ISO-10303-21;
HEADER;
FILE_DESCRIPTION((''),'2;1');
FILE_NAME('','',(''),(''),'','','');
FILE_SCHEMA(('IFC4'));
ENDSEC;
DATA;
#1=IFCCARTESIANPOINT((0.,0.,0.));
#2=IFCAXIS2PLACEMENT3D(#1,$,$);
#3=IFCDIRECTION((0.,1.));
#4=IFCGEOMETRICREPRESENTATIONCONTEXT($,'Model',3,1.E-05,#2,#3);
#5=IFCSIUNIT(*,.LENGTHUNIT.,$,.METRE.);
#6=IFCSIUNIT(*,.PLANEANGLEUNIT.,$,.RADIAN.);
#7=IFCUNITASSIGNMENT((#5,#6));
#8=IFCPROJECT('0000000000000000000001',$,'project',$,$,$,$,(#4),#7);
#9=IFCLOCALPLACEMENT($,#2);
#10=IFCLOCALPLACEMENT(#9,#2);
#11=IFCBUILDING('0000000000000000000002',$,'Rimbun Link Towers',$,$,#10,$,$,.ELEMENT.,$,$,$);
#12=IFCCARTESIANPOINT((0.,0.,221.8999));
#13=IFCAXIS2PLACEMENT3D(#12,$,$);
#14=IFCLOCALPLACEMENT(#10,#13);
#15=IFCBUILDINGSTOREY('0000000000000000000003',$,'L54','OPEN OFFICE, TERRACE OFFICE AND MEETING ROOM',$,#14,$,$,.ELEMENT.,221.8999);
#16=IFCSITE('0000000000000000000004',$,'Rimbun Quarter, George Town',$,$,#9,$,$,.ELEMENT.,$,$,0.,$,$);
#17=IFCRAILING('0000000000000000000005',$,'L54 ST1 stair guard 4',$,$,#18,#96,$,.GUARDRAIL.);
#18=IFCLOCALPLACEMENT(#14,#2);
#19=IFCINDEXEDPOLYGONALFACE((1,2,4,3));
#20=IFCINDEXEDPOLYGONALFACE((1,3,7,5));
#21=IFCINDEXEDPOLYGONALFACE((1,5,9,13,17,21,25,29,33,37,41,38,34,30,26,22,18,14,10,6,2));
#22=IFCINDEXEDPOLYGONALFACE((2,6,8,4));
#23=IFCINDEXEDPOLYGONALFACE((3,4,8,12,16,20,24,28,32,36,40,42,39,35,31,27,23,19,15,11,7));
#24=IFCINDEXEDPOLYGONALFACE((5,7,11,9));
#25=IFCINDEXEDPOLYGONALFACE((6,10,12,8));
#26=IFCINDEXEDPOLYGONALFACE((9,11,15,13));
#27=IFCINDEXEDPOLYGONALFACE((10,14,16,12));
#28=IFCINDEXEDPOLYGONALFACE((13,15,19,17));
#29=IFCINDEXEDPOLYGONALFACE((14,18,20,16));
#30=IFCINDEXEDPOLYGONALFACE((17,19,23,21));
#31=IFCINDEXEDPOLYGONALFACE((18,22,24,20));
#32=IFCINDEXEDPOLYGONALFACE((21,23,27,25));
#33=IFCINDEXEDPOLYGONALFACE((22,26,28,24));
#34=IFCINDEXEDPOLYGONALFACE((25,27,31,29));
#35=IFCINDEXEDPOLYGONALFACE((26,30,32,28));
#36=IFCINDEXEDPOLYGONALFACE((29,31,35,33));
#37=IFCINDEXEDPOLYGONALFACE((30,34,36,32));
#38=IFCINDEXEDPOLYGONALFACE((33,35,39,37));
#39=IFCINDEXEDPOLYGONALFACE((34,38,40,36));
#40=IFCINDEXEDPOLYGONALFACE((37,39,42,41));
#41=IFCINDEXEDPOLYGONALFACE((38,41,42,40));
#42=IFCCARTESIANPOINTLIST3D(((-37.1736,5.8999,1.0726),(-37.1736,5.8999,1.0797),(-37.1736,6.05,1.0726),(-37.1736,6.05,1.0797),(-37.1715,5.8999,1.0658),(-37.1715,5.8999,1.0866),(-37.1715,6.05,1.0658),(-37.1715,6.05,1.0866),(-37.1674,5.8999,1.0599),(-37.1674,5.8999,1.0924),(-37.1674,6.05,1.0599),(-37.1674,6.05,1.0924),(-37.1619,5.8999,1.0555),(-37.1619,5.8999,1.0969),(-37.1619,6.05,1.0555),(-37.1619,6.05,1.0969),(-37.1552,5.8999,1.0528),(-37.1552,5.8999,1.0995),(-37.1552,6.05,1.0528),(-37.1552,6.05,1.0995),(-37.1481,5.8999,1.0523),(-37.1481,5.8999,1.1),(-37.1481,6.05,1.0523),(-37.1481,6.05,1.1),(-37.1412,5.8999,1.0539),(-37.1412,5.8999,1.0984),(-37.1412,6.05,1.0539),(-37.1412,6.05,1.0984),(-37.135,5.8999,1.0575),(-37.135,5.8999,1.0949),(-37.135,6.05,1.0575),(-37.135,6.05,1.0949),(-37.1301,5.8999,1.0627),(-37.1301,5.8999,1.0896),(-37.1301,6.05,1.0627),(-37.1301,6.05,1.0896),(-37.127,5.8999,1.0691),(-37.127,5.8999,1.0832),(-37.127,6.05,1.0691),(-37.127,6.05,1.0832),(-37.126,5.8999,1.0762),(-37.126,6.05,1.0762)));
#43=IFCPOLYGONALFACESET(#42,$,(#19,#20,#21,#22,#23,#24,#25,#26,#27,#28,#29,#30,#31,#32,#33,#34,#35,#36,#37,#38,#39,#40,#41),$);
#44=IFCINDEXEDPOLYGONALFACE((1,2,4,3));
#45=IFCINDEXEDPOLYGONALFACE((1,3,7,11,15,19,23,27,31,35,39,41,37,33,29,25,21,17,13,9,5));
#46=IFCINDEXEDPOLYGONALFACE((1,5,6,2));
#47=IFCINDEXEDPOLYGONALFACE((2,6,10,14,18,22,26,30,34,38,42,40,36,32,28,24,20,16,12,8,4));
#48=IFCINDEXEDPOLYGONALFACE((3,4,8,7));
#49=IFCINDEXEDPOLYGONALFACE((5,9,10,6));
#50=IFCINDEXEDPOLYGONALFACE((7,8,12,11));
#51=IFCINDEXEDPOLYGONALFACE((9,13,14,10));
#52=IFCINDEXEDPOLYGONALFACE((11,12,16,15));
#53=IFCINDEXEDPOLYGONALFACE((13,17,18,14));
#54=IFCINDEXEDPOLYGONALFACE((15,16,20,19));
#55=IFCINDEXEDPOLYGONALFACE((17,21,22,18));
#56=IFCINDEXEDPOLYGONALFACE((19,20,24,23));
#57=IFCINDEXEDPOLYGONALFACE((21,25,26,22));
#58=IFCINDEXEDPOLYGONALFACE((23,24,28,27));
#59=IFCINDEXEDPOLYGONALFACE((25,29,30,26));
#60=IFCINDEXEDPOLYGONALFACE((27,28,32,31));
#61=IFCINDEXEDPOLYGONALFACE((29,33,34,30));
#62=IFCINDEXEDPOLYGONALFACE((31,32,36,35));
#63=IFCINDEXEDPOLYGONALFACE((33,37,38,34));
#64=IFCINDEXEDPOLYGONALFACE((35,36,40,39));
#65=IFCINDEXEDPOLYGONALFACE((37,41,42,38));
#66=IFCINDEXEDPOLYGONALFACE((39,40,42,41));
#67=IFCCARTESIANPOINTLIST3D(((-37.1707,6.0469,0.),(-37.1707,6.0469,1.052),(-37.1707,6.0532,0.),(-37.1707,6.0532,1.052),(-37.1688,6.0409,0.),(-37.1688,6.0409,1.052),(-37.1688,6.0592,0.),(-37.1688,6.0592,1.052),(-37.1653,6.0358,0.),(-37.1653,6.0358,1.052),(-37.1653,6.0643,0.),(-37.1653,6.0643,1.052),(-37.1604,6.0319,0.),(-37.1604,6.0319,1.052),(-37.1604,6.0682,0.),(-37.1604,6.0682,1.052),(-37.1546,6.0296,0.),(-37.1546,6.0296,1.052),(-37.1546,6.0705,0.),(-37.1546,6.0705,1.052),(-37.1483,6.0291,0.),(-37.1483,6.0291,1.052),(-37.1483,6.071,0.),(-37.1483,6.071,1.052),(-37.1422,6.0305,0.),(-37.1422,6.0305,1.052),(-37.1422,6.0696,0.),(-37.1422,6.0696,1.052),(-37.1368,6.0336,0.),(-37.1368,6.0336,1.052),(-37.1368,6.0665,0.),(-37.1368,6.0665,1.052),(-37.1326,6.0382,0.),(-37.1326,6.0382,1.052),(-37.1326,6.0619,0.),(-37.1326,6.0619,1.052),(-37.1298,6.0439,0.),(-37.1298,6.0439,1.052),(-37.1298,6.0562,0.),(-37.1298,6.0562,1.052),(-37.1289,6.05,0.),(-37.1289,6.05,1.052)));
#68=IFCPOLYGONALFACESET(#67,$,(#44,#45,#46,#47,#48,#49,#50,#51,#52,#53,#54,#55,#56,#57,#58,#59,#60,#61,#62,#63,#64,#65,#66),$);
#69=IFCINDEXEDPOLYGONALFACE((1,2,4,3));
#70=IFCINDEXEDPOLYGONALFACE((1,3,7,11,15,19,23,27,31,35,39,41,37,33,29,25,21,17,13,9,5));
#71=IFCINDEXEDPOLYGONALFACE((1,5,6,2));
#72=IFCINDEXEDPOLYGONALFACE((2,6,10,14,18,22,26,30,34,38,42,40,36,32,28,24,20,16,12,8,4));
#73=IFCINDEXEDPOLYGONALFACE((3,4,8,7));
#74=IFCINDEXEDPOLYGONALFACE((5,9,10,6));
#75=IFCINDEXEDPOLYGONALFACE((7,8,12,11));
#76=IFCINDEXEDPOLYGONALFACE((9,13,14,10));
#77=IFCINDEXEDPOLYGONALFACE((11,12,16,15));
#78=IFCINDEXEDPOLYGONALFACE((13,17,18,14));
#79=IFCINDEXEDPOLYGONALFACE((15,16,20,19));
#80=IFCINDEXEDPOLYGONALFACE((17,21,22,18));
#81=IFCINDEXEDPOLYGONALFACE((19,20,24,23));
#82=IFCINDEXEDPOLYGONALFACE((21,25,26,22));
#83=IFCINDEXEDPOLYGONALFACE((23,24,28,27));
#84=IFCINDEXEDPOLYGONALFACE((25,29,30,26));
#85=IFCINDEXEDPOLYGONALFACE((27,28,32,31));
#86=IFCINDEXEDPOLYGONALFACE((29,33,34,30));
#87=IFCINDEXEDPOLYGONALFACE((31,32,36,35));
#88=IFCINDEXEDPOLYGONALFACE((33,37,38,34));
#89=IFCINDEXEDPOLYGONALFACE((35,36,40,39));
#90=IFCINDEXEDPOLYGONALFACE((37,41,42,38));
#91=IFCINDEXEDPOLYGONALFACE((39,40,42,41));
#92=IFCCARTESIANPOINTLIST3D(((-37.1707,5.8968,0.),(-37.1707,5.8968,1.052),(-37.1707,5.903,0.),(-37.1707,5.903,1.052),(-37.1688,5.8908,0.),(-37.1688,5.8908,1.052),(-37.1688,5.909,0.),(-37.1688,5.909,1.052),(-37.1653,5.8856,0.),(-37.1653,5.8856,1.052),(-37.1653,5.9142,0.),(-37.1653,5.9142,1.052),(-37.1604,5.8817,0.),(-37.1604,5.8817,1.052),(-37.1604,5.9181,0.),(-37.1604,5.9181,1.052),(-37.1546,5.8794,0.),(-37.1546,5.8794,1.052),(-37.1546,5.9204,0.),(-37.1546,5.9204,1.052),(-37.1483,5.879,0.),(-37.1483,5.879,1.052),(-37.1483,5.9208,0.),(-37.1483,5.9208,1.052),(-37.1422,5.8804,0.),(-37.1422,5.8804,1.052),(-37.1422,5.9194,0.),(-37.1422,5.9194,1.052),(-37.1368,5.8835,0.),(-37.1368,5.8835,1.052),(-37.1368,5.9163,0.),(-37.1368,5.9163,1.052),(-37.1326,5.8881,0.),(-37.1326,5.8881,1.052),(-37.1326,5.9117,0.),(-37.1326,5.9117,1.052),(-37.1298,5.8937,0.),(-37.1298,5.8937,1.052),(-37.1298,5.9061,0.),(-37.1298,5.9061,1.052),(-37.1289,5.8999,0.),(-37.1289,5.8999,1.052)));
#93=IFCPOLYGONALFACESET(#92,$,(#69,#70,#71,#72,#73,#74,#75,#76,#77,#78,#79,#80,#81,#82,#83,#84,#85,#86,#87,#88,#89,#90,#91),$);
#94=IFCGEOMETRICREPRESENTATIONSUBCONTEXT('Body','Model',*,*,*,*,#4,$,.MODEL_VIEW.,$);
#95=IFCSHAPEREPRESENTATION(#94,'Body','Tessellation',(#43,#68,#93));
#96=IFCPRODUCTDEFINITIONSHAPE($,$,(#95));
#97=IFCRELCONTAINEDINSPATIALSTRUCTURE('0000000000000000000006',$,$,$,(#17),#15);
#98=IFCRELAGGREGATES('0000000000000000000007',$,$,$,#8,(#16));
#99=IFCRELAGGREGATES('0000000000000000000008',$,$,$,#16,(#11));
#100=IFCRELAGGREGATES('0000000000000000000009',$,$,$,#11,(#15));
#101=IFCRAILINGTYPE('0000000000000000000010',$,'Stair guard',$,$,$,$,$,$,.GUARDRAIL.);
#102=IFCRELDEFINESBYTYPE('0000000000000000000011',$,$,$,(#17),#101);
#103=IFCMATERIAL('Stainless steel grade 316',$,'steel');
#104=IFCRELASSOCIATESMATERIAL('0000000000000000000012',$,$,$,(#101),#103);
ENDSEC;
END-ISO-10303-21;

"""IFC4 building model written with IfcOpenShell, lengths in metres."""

from ifc_helpers import new_model, si_unit, direction, frame, origin, origin_2d, place, context, subcontext, project, spatial, circle, extrude, material, type_object, element, save


model = new_model("IFC4")

# Units and contexts
model_context = context("Model", 3, precision=1e-05, world=origin(), true_north=direction((0.0, 1.0)))
body_context = subcontext(model_context, "Body", "Model", "MODEL_VIEW")
ifc_project = project(units=[si_unit("LENGTHUNIT", "METRE"), si_unit("PLANEANGLEUNIT", "RADIAN")], contexts=[model_context])

# Site, building, storey
site_placement = place(None, origin())
site = spatial("IfcSite", under=ifc_project, at=site_placement, Name="Rimbun Quarter, George Town", CompositionType="ELEMENT", RefElevation=0.0)
building_placement = place(site_placement, origin())
building = spatial("IfcBuilding", under=site, at=building_placement, Name="Rimbun Link Towers", CompositionType="ELEMENT")
storey_placement = place(building_placement, frame((0.0, 0.0, 221.8999)))
storey = spatial("IfcBuildingStorey", under=building, at=storey_placement, Name="L54", Description="OPEN OFFICE, TERRACE OFFICE AND MEETING ROOM", CompositionType="ELEMENT", Elevation=221.8999)

# Railing
ifc_material_1 = material(Name="Stainless steel grade 316", Category="steel")
railing_type_1 = type_object("IfcRailingType", Name="Stair guard", PredefinedType="GUARDRAIL", material=ifc_material_1)
railing_1_placement = place(storey_placement, frame((-37.1499, 6.05, 0.0)))
element("IfcRailing", 1, at=railing_1_placement, inside=storey, type_object=railing_type_1, Name="L54 ST1 stair guard 4", PredefinedType="GUARDRAIL", context=body_context, shape_type="SweptSolid", body=[
    extrude(circle(Radius=0.0239, at=origin_2d()), frame((0.0, 0.0, 1.0762), z_axis=(0.0, -1.0, 0.0), x_axis=(1.0, 0.0, 0.0)), (0.0, 0.0, 1.0), 0.1501),
    extrude(circle(Radius=0.021, at=origin_2d()), origin(), (0.0, 0.0, 1.0), 1.052),
    extrude(circle(Radius=0.021, at=origin_2d()), frame((0.0, -0.1501, 0.0)), (0.0, 0.0, 1.0), 1.052),
])

save(model, "model.ifc")
